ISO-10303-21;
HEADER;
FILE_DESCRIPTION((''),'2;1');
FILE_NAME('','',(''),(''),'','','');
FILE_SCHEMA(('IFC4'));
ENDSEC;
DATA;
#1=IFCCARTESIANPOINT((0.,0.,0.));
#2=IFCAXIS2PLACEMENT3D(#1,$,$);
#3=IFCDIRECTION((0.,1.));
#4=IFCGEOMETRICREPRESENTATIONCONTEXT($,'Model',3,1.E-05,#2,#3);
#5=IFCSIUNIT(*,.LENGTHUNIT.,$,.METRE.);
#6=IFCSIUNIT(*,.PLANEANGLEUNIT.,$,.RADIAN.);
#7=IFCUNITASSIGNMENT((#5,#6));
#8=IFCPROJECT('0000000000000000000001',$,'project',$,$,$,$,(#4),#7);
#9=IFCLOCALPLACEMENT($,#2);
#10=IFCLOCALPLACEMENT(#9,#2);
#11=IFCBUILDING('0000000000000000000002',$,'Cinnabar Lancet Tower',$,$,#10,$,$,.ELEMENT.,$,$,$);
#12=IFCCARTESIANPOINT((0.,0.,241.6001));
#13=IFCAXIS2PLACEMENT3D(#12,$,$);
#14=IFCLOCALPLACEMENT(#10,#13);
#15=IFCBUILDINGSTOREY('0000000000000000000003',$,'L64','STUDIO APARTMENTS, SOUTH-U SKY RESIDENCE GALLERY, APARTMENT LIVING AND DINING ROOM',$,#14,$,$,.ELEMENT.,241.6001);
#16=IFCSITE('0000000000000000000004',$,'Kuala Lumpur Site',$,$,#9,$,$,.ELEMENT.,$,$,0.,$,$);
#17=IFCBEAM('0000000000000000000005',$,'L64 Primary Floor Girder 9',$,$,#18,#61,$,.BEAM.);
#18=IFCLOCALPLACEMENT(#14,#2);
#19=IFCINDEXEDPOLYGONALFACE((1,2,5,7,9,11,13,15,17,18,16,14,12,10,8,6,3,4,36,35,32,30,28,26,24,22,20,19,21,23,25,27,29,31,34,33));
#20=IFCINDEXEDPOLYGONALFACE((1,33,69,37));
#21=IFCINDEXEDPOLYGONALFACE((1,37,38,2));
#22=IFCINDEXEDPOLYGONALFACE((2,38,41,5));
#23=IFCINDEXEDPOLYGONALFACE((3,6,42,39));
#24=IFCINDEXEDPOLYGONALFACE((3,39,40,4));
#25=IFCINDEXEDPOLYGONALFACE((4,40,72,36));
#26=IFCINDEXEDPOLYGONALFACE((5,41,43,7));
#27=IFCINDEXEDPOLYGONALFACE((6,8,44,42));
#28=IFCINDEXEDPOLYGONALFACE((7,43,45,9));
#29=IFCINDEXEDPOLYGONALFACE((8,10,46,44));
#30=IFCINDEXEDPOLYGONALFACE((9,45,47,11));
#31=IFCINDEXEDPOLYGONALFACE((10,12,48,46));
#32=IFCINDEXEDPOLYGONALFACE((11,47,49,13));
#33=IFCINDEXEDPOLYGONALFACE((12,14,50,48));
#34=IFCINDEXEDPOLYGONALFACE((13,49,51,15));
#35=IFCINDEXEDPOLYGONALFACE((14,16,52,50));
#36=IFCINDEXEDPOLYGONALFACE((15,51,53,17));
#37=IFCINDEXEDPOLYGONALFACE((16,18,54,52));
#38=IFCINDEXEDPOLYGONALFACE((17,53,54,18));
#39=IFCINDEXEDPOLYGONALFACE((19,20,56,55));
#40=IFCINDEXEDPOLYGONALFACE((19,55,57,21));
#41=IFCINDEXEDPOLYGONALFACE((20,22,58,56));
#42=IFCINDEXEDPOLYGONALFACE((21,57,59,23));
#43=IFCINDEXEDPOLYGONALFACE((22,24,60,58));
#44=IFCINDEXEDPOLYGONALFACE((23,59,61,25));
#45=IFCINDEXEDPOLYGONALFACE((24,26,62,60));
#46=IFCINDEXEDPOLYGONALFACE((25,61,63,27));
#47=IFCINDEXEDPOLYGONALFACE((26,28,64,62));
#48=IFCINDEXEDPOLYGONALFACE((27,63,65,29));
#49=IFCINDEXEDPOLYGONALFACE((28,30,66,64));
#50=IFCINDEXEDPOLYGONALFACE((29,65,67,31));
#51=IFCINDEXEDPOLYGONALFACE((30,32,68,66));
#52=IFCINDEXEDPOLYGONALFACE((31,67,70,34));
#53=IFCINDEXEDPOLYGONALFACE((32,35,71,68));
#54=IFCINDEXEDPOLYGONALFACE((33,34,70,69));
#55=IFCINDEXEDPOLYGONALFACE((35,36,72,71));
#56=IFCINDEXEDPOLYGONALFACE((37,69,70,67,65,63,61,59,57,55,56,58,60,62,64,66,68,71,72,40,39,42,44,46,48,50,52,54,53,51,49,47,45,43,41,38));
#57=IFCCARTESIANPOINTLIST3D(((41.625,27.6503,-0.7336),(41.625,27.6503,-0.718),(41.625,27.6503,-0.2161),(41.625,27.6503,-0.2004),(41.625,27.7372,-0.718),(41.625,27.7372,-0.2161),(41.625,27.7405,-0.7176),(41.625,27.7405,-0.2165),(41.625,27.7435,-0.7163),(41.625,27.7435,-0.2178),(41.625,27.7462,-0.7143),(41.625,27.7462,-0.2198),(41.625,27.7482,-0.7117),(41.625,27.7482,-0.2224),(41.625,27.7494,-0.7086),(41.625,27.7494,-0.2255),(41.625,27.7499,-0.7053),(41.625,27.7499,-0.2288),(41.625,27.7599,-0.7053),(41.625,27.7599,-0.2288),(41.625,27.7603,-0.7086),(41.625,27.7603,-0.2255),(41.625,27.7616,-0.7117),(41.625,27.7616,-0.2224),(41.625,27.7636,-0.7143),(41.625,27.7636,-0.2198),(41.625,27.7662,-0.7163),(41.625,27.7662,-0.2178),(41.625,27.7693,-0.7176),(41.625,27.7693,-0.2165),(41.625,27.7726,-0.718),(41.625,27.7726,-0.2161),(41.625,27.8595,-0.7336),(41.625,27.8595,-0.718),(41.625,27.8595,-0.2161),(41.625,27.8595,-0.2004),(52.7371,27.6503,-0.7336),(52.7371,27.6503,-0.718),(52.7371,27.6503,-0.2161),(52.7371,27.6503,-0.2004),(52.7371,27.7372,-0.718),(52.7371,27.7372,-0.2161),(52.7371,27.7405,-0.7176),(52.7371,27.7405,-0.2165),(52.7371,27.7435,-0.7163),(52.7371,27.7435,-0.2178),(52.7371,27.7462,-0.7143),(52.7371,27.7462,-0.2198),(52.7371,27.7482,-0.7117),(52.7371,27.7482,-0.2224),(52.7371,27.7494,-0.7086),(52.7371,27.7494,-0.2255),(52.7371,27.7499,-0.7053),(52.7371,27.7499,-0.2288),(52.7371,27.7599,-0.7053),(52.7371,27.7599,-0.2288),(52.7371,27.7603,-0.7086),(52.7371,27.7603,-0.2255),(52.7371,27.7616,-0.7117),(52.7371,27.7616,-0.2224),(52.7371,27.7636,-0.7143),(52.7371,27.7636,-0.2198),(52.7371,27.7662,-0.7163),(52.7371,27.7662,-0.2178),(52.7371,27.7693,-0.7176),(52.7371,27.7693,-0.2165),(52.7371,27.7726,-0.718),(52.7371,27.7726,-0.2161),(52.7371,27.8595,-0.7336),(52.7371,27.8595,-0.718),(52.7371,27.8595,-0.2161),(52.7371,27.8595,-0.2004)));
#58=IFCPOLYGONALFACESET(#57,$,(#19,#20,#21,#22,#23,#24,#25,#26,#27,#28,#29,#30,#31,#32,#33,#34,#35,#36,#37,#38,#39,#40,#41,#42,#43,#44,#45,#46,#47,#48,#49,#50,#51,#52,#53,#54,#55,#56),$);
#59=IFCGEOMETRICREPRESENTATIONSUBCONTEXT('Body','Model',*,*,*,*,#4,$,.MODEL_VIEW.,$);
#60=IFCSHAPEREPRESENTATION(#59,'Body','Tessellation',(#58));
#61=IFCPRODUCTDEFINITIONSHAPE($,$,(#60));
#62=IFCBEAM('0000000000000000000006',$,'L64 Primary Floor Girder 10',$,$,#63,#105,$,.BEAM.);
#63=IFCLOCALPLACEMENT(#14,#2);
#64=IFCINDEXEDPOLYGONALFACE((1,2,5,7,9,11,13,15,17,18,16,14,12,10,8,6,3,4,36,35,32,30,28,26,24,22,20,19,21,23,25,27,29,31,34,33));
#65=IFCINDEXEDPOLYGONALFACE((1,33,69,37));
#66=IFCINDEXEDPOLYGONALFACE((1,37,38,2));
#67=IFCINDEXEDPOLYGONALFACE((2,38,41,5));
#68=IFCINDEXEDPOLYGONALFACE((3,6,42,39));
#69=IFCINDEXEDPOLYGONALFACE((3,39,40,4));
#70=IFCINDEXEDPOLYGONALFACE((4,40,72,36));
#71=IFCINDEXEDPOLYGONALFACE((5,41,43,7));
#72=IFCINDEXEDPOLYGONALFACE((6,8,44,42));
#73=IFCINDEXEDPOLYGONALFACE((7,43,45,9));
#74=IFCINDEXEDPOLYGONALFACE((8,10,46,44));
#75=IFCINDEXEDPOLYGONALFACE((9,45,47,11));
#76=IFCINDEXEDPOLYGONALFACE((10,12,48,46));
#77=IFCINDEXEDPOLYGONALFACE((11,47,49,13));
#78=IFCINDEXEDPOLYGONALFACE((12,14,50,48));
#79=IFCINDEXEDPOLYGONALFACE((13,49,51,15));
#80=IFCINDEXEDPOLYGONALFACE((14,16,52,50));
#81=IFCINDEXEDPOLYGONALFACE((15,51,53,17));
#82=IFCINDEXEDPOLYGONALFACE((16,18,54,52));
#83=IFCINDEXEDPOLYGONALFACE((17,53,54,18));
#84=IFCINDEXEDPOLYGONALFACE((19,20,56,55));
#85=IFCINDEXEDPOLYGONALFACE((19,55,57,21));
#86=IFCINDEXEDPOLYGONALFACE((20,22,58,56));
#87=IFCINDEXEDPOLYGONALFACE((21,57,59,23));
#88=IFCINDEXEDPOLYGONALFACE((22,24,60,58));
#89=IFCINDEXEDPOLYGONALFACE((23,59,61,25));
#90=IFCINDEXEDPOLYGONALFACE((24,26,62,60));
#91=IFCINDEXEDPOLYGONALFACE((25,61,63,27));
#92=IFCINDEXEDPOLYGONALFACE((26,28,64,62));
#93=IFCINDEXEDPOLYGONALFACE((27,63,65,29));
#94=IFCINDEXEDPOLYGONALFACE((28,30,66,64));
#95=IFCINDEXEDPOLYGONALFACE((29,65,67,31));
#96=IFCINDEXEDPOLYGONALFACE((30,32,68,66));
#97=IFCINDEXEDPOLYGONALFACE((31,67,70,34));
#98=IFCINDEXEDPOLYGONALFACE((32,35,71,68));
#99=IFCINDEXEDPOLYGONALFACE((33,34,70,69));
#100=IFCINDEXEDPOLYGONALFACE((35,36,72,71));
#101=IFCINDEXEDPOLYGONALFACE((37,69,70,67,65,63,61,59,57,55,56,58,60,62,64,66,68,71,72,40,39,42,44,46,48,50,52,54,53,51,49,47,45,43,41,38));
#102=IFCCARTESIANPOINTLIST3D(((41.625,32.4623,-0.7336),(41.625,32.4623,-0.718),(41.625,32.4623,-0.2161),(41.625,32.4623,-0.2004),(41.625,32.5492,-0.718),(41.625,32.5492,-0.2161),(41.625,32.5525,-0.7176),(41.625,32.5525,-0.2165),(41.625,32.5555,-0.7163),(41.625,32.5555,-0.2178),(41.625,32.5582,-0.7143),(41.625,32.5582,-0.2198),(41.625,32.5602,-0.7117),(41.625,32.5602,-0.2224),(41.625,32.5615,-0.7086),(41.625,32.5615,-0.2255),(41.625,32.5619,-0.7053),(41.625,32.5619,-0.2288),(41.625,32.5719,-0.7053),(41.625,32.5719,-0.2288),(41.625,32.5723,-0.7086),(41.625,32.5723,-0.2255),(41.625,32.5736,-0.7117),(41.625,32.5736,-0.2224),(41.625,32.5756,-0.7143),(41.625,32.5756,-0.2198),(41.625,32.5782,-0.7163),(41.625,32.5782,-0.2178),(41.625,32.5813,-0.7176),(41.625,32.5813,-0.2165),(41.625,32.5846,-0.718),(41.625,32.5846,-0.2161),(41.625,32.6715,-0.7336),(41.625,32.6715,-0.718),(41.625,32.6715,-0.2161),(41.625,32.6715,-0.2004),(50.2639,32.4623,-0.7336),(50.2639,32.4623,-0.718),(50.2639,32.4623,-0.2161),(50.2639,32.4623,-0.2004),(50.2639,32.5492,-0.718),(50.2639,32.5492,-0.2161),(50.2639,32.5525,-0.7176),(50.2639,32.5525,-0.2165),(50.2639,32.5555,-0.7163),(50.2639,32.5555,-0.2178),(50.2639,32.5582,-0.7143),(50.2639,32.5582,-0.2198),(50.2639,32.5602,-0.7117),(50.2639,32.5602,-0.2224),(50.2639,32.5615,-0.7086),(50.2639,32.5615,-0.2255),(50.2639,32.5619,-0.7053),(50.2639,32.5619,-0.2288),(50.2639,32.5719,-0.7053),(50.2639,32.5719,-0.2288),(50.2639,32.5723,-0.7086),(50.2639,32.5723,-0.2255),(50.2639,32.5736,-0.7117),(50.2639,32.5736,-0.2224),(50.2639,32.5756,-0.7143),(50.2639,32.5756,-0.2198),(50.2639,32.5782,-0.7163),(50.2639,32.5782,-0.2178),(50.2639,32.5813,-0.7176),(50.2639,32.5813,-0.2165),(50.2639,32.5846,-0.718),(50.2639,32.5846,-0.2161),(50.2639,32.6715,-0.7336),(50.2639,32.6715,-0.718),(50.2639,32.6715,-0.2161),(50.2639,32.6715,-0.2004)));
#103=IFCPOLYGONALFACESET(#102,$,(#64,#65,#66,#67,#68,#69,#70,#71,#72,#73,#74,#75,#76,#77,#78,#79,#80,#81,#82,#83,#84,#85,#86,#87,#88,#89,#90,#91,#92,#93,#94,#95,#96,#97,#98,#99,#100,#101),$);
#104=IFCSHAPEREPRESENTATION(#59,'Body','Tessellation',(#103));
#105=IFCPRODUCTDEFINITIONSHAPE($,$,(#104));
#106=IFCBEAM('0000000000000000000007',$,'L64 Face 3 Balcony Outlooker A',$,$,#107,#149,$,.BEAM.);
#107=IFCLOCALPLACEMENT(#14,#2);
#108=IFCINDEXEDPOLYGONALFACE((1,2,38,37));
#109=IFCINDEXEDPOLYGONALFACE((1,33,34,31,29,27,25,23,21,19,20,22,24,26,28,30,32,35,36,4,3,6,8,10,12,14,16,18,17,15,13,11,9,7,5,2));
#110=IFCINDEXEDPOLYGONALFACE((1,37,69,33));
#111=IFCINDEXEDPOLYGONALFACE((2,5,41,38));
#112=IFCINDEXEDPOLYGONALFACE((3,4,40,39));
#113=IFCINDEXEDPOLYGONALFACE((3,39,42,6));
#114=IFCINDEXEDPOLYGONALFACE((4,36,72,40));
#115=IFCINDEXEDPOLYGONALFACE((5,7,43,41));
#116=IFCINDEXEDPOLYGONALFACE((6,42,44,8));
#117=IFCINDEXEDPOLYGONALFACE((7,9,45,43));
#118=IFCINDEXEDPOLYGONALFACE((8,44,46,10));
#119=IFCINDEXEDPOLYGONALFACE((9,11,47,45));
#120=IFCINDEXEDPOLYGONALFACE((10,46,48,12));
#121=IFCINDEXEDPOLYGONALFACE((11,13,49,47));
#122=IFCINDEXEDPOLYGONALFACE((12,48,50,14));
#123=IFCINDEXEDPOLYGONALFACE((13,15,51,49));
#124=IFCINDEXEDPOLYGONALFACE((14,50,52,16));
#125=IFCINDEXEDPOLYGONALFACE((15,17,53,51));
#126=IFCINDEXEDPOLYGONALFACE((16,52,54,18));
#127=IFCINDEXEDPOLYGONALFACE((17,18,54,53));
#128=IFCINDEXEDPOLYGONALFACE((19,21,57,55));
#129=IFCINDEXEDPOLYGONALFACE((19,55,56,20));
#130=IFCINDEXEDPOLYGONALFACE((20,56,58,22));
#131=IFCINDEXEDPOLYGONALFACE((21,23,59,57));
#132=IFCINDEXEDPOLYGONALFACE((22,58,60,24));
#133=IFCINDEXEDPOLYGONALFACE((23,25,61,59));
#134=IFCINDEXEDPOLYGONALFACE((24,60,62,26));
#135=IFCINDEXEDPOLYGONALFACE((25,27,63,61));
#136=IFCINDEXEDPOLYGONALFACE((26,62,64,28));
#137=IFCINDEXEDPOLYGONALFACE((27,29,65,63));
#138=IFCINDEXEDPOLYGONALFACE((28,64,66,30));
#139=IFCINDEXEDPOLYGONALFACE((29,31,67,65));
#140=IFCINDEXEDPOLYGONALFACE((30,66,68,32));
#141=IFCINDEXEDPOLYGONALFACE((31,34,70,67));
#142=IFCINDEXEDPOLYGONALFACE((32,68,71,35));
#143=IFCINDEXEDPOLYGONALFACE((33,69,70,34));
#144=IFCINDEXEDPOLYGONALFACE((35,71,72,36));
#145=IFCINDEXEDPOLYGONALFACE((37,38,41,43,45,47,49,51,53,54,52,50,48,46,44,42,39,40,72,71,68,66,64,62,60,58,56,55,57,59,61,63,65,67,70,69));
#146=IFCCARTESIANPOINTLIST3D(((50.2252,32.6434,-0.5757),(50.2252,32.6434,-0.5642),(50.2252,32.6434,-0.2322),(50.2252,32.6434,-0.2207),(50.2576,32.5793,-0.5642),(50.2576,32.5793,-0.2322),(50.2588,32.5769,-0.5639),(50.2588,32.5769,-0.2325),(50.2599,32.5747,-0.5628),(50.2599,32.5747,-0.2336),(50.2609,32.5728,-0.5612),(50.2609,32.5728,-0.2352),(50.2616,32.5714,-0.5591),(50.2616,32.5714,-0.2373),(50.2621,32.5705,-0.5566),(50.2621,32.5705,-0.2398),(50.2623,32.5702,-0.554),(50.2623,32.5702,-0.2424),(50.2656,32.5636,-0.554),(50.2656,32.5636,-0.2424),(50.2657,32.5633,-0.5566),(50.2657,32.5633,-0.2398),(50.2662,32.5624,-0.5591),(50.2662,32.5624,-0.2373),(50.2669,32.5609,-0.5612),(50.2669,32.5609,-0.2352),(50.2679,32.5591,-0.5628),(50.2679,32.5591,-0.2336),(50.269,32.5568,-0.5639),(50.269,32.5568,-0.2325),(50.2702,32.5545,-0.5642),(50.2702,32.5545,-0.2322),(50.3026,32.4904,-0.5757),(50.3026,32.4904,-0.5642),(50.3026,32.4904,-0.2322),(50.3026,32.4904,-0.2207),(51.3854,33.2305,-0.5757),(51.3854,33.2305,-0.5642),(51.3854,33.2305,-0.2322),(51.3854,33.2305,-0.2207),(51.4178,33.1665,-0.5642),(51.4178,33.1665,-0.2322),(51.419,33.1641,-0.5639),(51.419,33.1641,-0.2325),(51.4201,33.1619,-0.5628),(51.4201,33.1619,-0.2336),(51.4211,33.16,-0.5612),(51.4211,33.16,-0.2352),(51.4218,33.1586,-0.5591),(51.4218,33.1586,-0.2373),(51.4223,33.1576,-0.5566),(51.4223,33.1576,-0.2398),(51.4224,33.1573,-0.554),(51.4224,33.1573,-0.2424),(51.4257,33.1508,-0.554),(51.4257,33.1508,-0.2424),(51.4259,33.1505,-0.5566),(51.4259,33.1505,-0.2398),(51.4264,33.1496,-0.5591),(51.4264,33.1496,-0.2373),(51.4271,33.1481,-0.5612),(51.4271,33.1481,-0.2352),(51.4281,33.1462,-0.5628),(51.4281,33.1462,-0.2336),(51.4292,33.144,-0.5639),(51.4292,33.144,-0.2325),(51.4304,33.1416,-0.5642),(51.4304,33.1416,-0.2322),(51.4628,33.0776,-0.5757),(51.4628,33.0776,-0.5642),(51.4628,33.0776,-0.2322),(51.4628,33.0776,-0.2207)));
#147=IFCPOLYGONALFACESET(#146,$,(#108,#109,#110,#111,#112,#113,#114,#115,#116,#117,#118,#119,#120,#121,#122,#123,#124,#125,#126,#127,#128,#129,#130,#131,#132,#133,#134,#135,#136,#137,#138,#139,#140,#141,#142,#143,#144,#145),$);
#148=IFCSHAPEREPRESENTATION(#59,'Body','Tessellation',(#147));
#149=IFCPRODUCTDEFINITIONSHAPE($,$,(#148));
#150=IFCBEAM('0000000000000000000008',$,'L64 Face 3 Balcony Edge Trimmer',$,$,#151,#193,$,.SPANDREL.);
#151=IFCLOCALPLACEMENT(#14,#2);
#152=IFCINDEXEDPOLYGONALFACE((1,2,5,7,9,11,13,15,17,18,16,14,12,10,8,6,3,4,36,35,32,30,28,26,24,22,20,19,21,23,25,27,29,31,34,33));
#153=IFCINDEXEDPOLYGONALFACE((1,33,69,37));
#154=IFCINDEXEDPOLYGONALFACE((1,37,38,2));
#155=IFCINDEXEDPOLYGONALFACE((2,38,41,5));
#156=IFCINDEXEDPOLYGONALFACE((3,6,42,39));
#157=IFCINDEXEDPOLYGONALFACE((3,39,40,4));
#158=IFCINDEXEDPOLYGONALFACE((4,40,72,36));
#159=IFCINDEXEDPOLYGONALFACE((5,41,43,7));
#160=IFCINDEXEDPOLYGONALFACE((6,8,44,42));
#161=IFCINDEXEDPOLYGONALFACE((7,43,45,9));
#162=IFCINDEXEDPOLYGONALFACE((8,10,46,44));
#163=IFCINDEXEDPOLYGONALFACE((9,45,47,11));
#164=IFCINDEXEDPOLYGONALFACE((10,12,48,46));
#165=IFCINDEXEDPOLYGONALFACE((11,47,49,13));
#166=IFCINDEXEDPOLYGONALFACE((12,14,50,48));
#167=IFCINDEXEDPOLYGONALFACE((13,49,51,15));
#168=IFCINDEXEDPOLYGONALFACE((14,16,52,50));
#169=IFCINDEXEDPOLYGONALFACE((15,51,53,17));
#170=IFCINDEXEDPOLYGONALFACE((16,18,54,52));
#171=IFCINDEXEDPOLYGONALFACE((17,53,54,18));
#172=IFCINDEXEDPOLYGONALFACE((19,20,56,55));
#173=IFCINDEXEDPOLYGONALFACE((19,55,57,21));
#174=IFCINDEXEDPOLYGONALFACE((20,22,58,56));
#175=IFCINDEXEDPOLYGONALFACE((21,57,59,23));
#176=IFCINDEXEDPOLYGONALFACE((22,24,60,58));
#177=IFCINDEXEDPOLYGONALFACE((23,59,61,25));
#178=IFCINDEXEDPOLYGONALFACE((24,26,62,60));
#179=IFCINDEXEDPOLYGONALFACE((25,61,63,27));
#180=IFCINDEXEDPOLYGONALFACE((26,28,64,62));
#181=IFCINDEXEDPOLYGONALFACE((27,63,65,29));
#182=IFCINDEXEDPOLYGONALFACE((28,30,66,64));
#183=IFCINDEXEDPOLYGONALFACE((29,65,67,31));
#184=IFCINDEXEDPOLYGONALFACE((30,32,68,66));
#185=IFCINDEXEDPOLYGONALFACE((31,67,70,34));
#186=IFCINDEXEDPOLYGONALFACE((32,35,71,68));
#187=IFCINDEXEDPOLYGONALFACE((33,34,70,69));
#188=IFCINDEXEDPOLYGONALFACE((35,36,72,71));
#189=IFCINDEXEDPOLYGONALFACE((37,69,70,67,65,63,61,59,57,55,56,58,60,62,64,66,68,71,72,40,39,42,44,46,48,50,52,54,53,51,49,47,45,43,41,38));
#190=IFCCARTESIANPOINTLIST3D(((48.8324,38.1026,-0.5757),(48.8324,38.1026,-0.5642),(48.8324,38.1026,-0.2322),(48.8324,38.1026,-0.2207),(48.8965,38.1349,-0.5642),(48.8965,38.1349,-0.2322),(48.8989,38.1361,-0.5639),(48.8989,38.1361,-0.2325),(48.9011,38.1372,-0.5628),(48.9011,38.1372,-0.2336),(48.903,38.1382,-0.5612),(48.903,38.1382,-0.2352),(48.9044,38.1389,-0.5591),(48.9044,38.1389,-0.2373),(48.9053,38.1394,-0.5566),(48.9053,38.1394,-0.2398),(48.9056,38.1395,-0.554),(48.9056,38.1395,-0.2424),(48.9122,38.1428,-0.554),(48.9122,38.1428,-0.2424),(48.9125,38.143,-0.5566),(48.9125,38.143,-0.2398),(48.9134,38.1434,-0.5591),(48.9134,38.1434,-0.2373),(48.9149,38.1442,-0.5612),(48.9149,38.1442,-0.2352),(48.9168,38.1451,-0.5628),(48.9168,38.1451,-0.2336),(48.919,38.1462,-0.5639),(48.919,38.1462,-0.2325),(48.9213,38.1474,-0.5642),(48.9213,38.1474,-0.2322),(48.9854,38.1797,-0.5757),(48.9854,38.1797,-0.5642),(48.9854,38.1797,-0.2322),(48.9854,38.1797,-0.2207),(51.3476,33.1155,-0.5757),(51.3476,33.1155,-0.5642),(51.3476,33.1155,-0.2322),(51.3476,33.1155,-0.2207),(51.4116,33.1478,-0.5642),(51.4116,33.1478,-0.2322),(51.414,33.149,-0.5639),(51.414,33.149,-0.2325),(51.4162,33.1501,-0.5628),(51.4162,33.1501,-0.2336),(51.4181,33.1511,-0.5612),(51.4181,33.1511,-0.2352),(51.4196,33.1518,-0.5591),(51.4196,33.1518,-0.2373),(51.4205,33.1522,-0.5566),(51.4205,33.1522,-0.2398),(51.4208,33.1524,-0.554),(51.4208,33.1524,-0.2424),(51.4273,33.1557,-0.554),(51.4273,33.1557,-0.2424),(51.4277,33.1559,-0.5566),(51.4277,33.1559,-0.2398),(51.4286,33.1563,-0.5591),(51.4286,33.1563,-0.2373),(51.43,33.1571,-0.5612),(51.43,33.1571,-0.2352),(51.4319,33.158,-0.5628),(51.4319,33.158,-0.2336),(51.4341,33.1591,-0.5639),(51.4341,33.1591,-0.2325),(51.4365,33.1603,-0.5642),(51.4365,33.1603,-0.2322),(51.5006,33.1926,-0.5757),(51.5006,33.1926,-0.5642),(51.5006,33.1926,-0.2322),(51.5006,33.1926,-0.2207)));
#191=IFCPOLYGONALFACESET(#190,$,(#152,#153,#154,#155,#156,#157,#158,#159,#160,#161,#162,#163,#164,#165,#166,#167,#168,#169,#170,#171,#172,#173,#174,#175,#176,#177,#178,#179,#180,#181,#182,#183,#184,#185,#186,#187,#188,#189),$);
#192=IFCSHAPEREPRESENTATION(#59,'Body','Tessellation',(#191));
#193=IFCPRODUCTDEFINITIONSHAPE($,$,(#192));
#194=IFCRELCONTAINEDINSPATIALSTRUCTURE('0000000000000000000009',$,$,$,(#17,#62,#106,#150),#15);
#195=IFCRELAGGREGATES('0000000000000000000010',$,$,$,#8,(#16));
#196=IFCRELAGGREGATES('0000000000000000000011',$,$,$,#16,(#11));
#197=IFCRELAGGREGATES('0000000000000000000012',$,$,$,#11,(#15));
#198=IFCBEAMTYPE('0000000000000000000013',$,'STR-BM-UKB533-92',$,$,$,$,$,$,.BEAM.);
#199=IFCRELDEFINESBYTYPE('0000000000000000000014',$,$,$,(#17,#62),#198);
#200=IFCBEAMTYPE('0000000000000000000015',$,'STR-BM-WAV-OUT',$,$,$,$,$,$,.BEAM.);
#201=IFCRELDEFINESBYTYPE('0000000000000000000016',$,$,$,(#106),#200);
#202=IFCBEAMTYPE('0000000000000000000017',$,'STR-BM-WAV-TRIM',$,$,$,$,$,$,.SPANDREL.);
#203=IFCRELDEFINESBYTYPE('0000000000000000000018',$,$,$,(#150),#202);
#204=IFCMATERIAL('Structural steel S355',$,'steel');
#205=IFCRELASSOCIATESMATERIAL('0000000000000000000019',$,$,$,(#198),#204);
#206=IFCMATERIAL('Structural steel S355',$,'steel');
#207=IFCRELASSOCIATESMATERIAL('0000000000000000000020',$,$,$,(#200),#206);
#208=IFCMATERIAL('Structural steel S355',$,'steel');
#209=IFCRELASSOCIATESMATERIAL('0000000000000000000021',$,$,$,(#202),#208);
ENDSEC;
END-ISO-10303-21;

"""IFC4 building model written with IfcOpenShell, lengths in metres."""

from ifc_helpers import new_model, si_unit, direction, frame, origin, origin_2d, place, context, subcontext, project, spatial, i_section, extrude, material, material_profile, profile_set, type_object, element, save


model = new_model("IFC4")

# Units and contexts
model_context = context("Model", 3, precision=1e-05, world=origin(), true_north=direction((0.0, 1.0)))
body_context = subcontext(model_context, "Body", "Model", "MODEL_VIEW")
ifc_project = project(units=[si_unit("LENGTHUNIT", "METRE"), si_unit("PLANEANGLEUNIT", "RADIAN")], contexts=[model_context])

# Site, building, storey
site_placement = place(None, origin())
site = spatial("IfcSite", under=ifc_project, at=site_placement, Name="Kuala Lumpur Site", CompositionType="ELEMENT", RefElevation=0.0)
building_placement = place(site_placement, origin())
building = spatial("IfcBuilding", under=site, at=building_placement, Name="Cinnabar Lancet Tower", CompositionType="ELEMENT")
storey_placement = place(building_placement, frame((0.0, 0.0, 241.6001)))
storey = spatial("IfcBuildingStorey", under=building, at=storey_placement, Name="L64", Description="STUDIO APARTMENTS, SOUTH-U SKY RESIDENCE GALLERY, APARTMENT LIVING AND DINING ROOM", CompositionType="ELEMENT", Elevation=241.6001)

# Beams
ifc_material_1 = material(Name="Structural steel S355", Category="steel")
ifc_material_profile_1 = material_profile(ifc_material_1, i_section(OverallWidth=0.2092, OverallDepth=0.5332, WebThickness=0.01, FlangeThickness=0.0156, FilletRadius=0.0127, at=origin_2d()), Name="UKB 533x210x92")
ifc_profile_set_1 = profile_set([ifc_material_profile_1], Name="Structural steel S355")
beam_type_1 = type_object("IfcBeamType", Name="STR-BM-UKB533-92", PredefinedType="BEAM", material=ifc_profile_set_1)
beam_1_placement = place(storey_placement, frame((52.7371, 27.7549, -0.467), z_axis=(-1.0, 0.0, 0.0), x_axis=(0.0, -1.0, 0.0)))
element("IfcBeam", 1, at=beam_1_placement, inside=storey, type_object=beam_type_1, Name="L64 Primary Floor Girder 9", PredefinedType="BEAM", context=body_context, shape_type="SweptSolid", body=[
    extrude(i_section(OverallWidth=0.2092, OverallDepth=0.5332, WebThickness=0.01, FlangeThickness=0.0156, FilletRadius=0.0127, at=origin_2d()), origin(), (0.0, 0.0, 1.0), 11.1121),
])
beam_2_placement = place(storey_placement, frame((50.2639, 32.5669, -0.467), z_axis=(-1.0, 0.0, 0.0), x_axis=(0.0, -1.0, 0.0)))
element("IfcBeam", 2, at=beam_2_placement, inside=storey, type_object=beam_type_1, Name="L64 Primary Floor Girder 10", PredefinedType="BEAM", context=body_context, shape_type="SweptSolid", body=[
    extrude(i_section(OverallWidth=0.2092, OverallDepth=0.5332, WebThickness=0.01, FlangeThickness=0.0156, FilletRadius=0.0127, at=origin_2d()), origin(), (0.0, 0.0, 1.0), 8.6389),
])
ifc_material_2 = material(Name="Structural steel S355", Category="steel")
ifc_material_profile_2 = material_profile(ifc_material_2, i_section(OverallWidth=0.1714, OverallDepth=0.355, WebThickness=0.0073, FlangeThickness=0.0115, FilletRadius=0.0103, at=origin_2d()), Name="UKB 356x171x51")
ifc_profile_set_2 = profile_set([ifc_material_profile_2], Name="Structural steel S355")
beam_type_2 = type_object("IfcBeamType", Name="STR-BM-WAV-OUT", PredefinedType="BEAM", material=ifc_profile_set_2)
beam_3_placement = place(storey_placement, frame((50.2639, 32.5669, -0.3982), z_axis=(0.892239, 0.451564, 0.0), x_axis=(-0.451564, 0.892239, 0.0)))
element("IfcBeam", 3, at=beam_3_placement, inside=storey, type_object=beam_type_2, Name="L64 Face 3 Balcony Outlooker A", PredefinedType="BEAM", context=body_context, shape_type="SweptSolid", body=[
    extrude(i_section(OverallWidth=0.1714, OverallDepth=0.355, WebThickness=0.0073, FlangeThickness=0.0115, FilletRadius=0.0103, at=origin_2d()), origin(), (0.0, 0.0, 1.0), 1.3003),
])
ifc_material_3 = material(Name="Structural steel S355", Category="steel")
ifc_material_profile_3 = material_profile(ifc_material_3, i_section(OverallWidth=0.1714, OverallDepth=0.355, WebThickness=0.0073, FlangeThickness=0.0115, FilletRadius=0.0103, at=origin_2d()), Name="UKB 356x171x51")
ifc_profile_set_3 = profile_set([ifc_material_profile_3], Name="Structural steel S355")
beam_type_3 = type_object("IfcBeamType", Name="STR-BM-WAV-TRIM", PredefinedType="SPANDREL", material=ifc_profile_set_3)
beam_4_placement = place(storey_placement, frame((51.4241, 33.1541, -0.3982), z_axis=(-0.450306, 0.892874, 0.0), x_axis=(-0.892874, -0.450306, 0.0)))
element("IfcBeam", 4, at=beam_4_placement, inside=storey, type_object=beam_type_3, Name="L64 Face 3 Balcony Edge Trimmer", PredefinedType="SPANDREL", context=body_context, shape_type="SweptSolid", body=[
    extrude(i_section(OverallWidth=0.1714, OverallDepth=0.355, WebThickness=0.0073, FlangeThickness=0.0115, FilletRadius=0.0103, at=origin_2d()), origin(), (0.0, 0.0, 1.0), 5.5854),
])

save(model, "model.ifc")
